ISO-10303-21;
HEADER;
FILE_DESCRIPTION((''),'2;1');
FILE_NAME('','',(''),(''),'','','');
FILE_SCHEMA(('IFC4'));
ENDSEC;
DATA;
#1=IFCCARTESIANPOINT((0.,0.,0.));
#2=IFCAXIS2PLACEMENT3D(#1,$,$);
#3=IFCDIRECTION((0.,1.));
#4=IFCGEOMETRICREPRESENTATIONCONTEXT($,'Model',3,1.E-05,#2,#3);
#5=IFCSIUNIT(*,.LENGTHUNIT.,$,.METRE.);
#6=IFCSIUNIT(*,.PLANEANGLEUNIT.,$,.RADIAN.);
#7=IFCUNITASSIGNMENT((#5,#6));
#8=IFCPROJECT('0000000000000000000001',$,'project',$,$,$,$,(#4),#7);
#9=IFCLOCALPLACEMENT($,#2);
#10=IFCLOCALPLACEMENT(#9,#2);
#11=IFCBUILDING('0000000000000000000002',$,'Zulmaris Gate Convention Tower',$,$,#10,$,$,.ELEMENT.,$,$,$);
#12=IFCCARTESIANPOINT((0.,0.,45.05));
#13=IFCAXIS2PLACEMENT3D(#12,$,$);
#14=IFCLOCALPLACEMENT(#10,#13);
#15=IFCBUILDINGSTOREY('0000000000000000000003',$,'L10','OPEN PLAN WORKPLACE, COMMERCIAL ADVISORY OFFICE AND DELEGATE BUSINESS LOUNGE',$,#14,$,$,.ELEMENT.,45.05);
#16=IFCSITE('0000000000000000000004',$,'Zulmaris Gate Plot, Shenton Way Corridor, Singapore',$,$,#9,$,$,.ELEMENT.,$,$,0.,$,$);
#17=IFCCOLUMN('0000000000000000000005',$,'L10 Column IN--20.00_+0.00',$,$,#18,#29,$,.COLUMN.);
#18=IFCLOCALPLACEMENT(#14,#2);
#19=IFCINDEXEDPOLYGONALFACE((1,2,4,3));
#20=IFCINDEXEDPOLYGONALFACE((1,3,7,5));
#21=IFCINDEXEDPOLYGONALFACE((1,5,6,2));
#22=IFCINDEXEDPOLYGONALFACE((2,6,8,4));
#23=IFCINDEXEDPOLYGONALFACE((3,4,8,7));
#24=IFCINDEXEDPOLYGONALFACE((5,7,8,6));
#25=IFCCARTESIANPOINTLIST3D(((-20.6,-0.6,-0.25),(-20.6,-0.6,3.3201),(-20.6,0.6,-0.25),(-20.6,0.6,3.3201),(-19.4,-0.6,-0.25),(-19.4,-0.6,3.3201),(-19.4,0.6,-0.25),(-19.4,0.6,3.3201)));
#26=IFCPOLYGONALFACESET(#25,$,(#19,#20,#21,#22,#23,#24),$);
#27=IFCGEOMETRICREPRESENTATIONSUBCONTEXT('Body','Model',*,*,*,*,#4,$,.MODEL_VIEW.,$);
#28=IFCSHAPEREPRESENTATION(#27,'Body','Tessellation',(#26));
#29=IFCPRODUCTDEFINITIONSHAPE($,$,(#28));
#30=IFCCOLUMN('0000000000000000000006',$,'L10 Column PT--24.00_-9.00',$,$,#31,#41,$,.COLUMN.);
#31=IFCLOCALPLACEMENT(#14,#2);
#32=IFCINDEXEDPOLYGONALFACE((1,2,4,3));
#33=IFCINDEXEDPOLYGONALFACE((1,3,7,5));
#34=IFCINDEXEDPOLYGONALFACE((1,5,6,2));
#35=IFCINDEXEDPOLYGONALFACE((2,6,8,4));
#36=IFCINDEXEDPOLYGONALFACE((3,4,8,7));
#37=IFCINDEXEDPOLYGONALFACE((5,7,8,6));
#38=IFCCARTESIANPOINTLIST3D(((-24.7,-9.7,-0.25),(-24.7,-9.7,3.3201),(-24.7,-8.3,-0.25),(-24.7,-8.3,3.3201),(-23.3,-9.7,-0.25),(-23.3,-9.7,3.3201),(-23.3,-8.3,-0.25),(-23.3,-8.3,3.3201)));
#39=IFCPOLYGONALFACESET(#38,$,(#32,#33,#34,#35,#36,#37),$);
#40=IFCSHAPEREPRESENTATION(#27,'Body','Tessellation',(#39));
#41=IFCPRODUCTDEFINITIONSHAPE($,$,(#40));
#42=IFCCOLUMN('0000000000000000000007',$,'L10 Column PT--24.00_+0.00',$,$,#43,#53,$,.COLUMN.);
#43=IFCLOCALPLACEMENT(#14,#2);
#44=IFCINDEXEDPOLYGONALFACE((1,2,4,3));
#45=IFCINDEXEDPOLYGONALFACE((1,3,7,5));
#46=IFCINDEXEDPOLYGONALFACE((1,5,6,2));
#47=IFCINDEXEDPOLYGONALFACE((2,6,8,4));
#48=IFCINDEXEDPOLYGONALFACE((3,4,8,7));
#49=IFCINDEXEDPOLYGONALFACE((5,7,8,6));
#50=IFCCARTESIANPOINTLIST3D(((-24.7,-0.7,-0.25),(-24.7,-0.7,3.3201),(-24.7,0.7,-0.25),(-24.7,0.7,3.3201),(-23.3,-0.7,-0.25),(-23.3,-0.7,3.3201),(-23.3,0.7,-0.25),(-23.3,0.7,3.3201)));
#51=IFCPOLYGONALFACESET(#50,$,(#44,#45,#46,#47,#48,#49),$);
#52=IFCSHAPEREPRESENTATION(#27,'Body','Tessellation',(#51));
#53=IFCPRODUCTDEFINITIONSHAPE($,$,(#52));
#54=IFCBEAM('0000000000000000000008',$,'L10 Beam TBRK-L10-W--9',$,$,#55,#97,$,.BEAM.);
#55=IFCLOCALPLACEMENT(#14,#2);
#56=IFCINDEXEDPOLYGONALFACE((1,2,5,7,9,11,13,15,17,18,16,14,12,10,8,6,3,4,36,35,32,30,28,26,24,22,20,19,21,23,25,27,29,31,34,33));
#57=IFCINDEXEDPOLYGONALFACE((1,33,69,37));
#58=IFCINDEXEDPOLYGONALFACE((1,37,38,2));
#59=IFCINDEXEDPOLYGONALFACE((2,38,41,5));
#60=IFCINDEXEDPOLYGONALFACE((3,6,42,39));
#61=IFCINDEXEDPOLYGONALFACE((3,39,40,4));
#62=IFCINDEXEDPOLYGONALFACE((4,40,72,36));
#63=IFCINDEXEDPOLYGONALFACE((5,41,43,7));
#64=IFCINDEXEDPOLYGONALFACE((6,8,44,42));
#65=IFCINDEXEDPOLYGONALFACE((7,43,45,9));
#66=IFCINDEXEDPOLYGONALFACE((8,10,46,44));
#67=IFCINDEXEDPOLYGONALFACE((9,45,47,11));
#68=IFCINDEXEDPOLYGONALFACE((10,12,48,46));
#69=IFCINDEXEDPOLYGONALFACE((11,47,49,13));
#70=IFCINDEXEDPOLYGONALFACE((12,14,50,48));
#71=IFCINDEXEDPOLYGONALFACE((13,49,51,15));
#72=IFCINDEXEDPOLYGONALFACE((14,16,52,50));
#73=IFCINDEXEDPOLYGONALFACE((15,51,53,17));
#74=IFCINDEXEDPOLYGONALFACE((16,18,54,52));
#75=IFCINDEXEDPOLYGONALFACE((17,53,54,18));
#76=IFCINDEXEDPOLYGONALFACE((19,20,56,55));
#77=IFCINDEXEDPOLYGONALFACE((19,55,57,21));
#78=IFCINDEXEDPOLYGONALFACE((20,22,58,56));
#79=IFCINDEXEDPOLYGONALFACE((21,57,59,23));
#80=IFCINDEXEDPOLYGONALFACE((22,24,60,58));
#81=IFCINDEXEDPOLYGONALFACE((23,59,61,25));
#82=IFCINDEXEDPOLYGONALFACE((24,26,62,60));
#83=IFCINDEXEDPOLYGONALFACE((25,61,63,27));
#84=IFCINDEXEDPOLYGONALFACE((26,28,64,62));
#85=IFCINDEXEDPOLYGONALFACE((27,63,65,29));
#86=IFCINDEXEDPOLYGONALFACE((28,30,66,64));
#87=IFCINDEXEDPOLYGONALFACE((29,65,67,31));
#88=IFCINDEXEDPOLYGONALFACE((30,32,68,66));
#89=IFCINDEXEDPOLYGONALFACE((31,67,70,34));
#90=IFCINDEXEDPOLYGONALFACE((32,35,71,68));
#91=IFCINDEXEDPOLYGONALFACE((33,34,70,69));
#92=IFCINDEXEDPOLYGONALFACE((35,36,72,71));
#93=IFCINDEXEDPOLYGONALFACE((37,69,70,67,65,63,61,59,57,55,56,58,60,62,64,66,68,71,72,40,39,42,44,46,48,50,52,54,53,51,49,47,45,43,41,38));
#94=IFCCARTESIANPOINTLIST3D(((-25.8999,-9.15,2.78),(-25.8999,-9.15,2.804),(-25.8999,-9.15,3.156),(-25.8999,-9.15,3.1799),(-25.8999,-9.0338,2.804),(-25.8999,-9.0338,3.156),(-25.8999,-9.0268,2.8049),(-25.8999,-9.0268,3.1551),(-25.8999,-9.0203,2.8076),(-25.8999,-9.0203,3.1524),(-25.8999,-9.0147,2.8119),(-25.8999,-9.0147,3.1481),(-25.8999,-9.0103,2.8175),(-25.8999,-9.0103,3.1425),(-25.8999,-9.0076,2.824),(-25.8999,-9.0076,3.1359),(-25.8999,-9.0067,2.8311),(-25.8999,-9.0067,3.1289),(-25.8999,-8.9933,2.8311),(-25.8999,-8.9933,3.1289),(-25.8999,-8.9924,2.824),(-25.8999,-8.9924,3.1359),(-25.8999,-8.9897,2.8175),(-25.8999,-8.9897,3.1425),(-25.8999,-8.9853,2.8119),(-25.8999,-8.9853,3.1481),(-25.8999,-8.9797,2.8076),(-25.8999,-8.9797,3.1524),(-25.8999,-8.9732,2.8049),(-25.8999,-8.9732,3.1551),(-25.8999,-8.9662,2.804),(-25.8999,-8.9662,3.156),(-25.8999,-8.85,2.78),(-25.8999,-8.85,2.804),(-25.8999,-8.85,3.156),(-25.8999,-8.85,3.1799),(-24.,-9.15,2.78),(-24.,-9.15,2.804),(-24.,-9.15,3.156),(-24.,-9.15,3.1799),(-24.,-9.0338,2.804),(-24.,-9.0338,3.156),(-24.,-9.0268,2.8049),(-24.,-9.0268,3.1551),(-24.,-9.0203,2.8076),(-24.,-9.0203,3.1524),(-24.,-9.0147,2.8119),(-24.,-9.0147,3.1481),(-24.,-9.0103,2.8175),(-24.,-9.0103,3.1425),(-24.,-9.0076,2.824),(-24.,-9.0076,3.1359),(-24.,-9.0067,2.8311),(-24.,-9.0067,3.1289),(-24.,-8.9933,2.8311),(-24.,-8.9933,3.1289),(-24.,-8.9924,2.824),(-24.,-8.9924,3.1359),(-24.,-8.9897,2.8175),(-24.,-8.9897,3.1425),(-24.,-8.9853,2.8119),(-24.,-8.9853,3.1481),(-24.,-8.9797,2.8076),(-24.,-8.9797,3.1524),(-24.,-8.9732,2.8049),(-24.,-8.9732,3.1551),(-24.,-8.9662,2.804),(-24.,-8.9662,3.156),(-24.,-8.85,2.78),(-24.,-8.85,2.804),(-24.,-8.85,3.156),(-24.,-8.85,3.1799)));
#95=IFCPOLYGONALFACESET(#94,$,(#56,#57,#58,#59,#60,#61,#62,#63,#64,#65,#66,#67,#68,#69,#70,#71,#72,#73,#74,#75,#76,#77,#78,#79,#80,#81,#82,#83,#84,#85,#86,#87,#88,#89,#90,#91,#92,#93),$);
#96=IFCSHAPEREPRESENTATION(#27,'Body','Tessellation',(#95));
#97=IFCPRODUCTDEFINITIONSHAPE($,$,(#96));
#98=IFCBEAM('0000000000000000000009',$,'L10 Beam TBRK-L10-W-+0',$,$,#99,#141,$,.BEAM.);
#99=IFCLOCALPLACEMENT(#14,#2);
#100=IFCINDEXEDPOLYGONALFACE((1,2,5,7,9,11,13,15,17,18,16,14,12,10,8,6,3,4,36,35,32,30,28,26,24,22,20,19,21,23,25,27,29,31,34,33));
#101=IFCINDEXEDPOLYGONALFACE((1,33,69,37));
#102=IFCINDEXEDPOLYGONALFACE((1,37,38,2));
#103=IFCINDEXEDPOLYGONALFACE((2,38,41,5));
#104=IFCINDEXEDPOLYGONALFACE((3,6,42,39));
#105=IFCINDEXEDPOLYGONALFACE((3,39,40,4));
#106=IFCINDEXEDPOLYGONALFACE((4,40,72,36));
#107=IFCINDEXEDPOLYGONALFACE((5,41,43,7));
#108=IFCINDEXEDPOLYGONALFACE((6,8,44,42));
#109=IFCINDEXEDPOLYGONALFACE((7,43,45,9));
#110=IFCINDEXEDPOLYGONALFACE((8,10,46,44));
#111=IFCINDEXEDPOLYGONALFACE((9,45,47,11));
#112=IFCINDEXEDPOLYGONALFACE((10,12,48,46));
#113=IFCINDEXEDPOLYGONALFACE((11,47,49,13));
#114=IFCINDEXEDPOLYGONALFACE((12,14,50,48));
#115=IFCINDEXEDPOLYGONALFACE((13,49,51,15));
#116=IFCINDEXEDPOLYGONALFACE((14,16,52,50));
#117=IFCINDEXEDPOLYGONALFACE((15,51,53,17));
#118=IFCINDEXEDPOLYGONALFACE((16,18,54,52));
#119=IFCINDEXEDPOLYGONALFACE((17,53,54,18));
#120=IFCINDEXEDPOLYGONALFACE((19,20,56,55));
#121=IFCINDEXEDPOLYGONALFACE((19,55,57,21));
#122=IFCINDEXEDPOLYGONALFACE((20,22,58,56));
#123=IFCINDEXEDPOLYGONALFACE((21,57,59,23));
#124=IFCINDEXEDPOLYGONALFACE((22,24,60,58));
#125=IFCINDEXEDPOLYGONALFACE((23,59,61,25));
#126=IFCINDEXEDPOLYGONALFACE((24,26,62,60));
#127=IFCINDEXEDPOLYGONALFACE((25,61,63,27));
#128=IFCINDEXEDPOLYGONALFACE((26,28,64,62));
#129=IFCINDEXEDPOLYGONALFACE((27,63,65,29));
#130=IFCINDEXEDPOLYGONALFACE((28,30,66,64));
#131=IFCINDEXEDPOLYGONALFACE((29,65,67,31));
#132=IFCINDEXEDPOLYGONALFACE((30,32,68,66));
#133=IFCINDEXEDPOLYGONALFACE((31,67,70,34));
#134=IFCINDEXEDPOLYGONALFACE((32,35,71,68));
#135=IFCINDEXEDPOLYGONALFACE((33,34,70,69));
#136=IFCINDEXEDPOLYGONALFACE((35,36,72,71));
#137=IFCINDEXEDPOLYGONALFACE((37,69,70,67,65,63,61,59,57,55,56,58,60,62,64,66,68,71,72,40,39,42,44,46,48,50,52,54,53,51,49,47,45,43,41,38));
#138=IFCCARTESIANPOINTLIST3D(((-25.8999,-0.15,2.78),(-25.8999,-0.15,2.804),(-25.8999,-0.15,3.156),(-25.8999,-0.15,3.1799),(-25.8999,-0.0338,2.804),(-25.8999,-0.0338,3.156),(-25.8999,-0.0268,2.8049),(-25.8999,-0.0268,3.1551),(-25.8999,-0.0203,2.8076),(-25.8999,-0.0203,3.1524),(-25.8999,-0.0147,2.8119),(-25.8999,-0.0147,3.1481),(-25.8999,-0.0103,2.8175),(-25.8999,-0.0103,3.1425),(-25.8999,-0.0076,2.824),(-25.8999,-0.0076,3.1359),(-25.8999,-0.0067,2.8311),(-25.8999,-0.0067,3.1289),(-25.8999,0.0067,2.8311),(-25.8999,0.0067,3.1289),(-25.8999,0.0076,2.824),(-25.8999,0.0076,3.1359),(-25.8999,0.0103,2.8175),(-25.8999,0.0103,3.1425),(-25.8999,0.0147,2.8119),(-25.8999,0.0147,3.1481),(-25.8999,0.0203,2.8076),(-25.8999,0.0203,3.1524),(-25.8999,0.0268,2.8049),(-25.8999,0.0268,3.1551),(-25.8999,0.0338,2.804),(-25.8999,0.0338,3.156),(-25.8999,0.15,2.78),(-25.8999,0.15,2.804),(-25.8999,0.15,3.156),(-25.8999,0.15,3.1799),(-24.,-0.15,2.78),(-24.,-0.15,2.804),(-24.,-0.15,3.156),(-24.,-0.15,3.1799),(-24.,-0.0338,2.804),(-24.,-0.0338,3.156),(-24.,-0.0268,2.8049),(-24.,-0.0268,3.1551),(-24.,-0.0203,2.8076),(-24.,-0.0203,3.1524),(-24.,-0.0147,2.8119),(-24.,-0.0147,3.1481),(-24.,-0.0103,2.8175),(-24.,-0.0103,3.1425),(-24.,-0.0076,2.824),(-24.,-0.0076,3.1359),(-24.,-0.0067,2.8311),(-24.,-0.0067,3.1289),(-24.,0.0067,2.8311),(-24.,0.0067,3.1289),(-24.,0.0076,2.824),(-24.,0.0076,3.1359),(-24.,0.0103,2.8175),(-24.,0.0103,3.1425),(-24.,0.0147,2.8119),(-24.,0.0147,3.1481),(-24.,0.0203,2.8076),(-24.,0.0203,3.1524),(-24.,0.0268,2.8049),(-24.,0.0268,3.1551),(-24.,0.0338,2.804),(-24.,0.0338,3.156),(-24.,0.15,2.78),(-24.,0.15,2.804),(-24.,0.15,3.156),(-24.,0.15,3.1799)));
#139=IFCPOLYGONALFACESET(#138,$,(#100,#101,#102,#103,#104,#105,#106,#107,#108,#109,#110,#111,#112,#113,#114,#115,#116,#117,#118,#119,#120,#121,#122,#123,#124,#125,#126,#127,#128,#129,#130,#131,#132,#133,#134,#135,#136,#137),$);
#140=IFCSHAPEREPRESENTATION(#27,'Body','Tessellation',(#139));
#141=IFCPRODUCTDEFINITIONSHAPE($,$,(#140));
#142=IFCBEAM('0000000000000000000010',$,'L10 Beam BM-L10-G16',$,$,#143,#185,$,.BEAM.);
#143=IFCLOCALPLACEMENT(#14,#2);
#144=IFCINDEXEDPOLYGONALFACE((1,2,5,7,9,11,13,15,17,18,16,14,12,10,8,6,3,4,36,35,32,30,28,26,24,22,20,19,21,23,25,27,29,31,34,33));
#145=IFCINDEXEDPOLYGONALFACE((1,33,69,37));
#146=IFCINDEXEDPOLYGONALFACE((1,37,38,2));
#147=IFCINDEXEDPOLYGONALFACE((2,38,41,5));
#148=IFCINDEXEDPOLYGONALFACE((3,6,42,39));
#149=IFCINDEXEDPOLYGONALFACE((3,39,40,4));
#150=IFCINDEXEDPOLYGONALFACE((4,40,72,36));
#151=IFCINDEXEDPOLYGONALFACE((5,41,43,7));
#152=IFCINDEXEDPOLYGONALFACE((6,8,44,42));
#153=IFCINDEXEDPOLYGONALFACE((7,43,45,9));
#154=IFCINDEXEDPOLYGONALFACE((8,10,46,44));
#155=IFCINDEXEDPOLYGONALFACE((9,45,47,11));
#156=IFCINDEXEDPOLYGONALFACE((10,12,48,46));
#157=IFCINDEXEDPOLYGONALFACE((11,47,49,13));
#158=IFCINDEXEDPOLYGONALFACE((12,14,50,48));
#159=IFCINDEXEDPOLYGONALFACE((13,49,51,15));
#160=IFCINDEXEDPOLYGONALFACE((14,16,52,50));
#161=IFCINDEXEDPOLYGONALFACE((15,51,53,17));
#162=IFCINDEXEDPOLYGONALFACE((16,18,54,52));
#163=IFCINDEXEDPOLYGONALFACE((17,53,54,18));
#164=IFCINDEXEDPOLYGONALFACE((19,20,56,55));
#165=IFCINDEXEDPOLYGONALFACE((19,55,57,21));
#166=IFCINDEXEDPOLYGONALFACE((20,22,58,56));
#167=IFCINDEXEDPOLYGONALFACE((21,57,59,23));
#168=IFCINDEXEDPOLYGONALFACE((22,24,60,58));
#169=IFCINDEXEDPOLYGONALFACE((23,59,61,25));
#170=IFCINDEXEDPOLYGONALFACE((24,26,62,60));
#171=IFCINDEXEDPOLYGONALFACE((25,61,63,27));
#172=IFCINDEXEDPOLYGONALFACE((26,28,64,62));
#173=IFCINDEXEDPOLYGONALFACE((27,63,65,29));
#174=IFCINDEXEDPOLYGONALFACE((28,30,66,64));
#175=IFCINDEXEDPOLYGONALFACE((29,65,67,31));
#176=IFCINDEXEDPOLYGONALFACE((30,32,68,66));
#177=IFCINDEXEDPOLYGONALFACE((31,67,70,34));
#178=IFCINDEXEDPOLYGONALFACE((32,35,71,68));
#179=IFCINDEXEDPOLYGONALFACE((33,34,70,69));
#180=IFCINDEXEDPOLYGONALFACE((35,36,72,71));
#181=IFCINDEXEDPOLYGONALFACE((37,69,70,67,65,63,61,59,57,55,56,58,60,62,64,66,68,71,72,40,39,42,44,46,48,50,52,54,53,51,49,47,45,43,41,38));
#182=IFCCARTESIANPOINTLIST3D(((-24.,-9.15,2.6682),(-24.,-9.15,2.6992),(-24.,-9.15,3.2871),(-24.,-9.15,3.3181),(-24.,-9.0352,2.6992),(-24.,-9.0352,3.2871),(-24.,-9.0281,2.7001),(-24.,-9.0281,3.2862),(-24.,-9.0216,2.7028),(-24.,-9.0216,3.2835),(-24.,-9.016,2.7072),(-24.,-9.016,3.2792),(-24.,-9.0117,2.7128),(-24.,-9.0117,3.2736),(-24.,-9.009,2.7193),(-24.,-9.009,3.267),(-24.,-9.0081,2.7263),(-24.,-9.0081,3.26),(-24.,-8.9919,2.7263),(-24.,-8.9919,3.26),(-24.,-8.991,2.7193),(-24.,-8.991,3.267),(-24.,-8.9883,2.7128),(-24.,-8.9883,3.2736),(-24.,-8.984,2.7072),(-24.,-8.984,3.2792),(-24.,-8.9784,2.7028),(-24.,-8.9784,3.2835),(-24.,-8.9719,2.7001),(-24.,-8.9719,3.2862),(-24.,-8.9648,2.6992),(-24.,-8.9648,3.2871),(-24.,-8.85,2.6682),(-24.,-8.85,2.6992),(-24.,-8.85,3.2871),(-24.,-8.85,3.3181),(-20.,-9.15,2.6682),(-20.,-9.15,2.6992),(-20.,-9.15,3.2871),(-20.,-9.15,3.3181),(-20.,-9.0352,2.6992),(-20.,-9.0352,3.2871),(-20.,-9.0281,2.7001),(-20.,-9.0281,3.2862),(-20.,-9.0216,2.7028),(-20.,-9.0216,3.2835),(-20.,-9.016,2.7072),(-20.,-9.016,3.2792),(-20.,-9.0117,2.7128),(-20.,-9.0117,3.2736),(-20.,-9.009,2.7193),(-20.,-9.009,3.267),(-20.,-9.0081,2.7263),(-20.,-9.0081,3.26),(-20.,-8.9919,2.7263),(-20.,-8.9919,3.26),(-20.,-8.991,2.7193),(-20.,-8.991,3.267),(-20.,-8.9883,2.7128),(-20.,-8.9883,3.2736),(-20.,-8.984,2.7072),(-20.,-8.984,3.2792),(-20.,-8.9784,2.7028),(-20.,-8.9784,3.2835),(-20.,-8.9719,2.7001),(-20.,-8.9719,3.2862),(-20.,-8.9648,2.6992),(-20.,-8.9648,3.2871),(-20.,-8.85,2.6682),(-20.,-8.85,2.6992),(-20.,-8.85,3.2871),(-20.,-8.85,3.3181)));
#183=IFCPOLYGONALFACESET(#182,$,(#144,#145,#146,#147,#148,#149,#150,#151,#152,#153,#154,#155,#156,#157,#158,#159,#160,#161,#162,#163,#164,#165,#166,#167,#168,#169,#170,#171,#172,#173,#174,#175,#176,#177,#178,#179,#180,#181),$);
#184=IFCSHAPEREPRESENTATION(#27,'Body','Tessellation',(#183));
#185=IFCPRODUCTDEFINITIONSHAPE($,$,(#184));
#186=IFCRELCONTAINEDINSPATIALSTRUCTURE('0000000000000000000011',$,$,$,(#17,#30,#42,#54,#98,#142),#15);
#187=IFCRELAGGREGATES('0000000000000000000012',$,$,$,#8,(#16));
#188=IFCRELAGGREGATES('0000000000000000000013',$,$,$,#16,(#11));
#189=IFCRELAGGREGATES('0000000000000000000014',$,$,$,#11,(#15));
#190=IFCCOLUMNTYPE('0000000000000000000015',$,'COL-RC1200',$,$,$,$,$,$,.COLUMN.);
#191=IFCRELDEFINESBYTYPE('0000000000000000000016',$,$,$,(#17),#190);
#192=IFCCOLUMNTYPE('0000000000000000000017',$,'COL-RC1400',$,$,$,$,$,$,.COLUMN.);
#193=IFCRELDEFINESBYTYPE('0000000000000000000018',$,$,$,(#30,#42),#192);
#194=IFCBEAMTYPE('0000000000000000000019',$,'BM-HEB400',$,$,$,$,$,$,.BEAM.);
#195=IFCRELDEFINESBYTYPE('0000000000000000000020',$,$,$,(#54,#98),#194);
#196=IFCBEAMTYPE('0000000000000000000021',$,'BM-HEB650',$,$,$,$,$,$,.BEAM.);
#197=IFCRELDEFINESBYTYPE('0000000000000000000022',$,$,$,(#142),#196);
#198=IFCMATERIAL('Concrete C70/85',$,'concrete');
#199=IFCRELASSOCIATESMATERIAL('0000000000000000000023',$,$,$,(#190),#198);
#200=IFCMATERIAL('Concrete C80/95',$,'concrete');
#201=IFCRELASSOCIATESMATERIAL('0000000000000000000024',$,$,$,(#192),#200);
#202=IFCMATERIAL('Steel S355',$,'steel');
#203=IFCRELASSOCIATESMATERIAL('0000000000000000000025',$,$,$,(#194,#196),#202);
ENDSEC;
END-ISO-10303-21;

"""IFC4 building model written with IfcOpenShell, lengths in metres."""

from ifc_helpers import new_model, si_unit, direction, frame, origin, origin_2d, place, context, subcontext, project, spatial, rectangle, i_section, extrude, material, material_profile, profile_set, type_object, element, save


model = new_model("IFC4")

# Units and contexts
model_context = context("Model", 3, precision=1e-05, world=origin(), true_north=direction((0.0, 1.0)))
body_context = subcontext(model_context, "Body", "Model", "MODEL_VIEW")
ifc_project = project(units=[si_unit("LENGTHUNIT", "METRE"), si_unit("PLANEANGLEUNIT", "RADIAN")], contexts=[model_context])

# Site, building, storey
site_placement = place(None, origin())
site = spatial("IfcSite", under=ifc_project, at=site_placement, Name="Zulmaris Gate Plot, Shenton Way Corridor, Singapore", CompositionType="ELEMENT", RefElevation=0.0)
building_placement = place(site_placement, origin())
building = spatial("IfcBuilding", under=site, at=building_placement, Name="Zulmaris Gate Convention Tower", CompositionType="ELEMENT")
storey_placement = place(building_placement, frame((0.0, 0.0, 45.05)))
storey = spatial("IfcBuildingStorey", under=building, at=storey_placement, Name="L10", Description="OPEN PLAN WORKPLACE, COMMERCIAL ADVISORY OFFICE AND DELEGATE BUSINESS LOUNGE", CompositionType="ELEMENT", Elevation=45.05)

# Columns
ifc_material_1 = material(Name="Concrete C70/85", Category="concrete")
ifc_material_profile_1 = material_profile(ifc_material_1, rectangle(XDim=1.2, YDim=1.2, at=origin_2d()), Name="RC COL 1200x1200")
ifc_profile_set_1 = profile_set([ifc_material_profile_1], Name="Concrete C70/85")
column_type_1 = type_object("IfcColumnType", Name="COL-RC1200", PredefinedType="COLUMN", material=ifc_profile_set_1)
column_placement = place(storey_placement, frame((-20.0, 0.0, -0.25), z_axis=(0.0, 0.0, 1.0), x_axis=(1.0, 0.0, 0.0)))
element("IfcColumn", 1, at=column_placement, inside=storey, type_object=column_type_1, Name="L10 Column IN--20.00_+0.00", PredefinedType="COLUMN", context=body_context, shape_type="SweptSolid", body=[
    extrude(rectangle(XDim=1.2, YDim=1.2, at=origin_2d()), origin(), (0.0, 0.0, 1.0), 3.5701),
])
ifc_material_2 = material(Name="Concrete C80/95", Category="concrete")
ifc_material_profile_2 = material_profile(ifc_material_2, rectangle(XDim=1.3999, YDim=1.3999, at=origin_2d()), Name="RC COL 1400x1400")
ifc_profile_set_2 = profile_set([ifc_material_profile_2], Name="Concrete C80/95")
column_type_2 = type_object("IfcColumnType", Name="COL-RC1400", PredefinedType="COLUMN", material=ifc_profile_set_2)
for number, where, z_axis, x_axis, name in (
    (2, (-24.0, -9.0, -0.25), (0.0, 0.0, 1.0), (1.0, 0.0, 0.0), "L10 Column PT--24.00_-9.00"),
    (3, (-24.0, 0.0, -0.25), (0.0, 0.0, 1.0), (1.0, 0.0, 0.0), "L10 Column PT--24.00_+0.00"),
):
    element("IfcColumn", number, at=place(storey_placement, frame(where, z_axis=z_axis, x_axis=x_axis)), inside=storey, type_object=column_type_2, Name=name, PredefinedType="COLUMN", context=body_context, shape_type="SweptSolid", body=[
        extrude(rectangle(XDim=1.3999, YDim=1.3999, at=origin_2d()), origin(), (0.0, 0.0, 1.0), 3.5701),
    ])

# Beams
ifc_material_3 = material(Name="Steel S355", Category="steel")
ifc_material_profile_3 = material_profile(ifc_material_3, i_section(OverallWidth=0.3, OverallDepth=0.3999, WebThickness=0.0134, FlangeThickness=0.0239, FilletRadius=0.0271, at=origin_2d()), Name="HEB 400")
ifc_profile_set_3 = profile_set([ifc_material_profile_3], Name="Steel S355")
beam_type_1 = type_object("IfcBeamType", Name="BM-HEB400", PredefinedType="BEAM", material=ifc_profile_set_3)
for number, where, z_axis, x_axis, name in (
    (4, (-25.8999, -9.0, 2.98), (1.0, 0.0, 0.0), (0.0, 1.0, 0.0), "L10 Beam TBRK-L10-W--9"),
    (5, (-25.8999, 0.0, 2.98), (1.0, 0.0, 0.0), (0.0, 1.0, 0.0), "L10 Beam TBRK-L10-W-+0"),
):
    element("IfcBeam", number, at=place(storey_placement, frame(where, z_axis=z_axis, x_axis=x_axis)), inside=storey, type_object=beam_type_1, Name=name, PredefinedType="BEAM", context=body_context, shape_type="SweptSolid", body=[
        extrude(i_section(OverallWidth=0.3, OverallDepth=0.3999, WebThickness=0.0134, FlangeThickness=0.0239, FilletRadius=0.0271, at=origin_2d()), origin(), (0.0, 0.0, 1.0), 1.8999),
    ])
ifc_material_profile_4 = material_profile(ifc_material_3, i_section(OverallWidth=0.3, OverallDepth=0.6499, WebThickness=0.0161, FlangeThickness=0.031, FilletRadius=0.0271, at=origin_2d()), Name="HEB 650")
ifc_profile_set_4 = profile_set([ifc_material_profile_4], Name="Steel S355")
beam_type_2 = type_object("IfcBeamType", Name="BM-HEB650", PredefinedType="BEAM", material=ifc_profile_set_4)
for number, where, z_axis, x_axis, name in (
    (6, (-24.0, -9.0, 2.9932), (1.0, 0.0, 0.0), (0.0, 1.0, 0.0), "L10 Beam BM-L10-G16"),
):
    element("IfcBeam", number, at=place(storey_placement, frame(where, z_axis=z_axis, x_axis=x_axis)), inside=storey, type_object=beam_type_2, Name=name, PredefinedType="BEAM", context=body_context, shape_type="SweptSolid", body=[
        extrude(i_section(OverallWidth=0.3, OverallDepth=0.6499, WebThickness=0.0161, FlangeThickness=0.031, FilletRadius=0.0271, at=origin_2d()), origin(), (0.0, 0.0, 1.0), 4.0),
    ])

save(model, "model.ifc")
